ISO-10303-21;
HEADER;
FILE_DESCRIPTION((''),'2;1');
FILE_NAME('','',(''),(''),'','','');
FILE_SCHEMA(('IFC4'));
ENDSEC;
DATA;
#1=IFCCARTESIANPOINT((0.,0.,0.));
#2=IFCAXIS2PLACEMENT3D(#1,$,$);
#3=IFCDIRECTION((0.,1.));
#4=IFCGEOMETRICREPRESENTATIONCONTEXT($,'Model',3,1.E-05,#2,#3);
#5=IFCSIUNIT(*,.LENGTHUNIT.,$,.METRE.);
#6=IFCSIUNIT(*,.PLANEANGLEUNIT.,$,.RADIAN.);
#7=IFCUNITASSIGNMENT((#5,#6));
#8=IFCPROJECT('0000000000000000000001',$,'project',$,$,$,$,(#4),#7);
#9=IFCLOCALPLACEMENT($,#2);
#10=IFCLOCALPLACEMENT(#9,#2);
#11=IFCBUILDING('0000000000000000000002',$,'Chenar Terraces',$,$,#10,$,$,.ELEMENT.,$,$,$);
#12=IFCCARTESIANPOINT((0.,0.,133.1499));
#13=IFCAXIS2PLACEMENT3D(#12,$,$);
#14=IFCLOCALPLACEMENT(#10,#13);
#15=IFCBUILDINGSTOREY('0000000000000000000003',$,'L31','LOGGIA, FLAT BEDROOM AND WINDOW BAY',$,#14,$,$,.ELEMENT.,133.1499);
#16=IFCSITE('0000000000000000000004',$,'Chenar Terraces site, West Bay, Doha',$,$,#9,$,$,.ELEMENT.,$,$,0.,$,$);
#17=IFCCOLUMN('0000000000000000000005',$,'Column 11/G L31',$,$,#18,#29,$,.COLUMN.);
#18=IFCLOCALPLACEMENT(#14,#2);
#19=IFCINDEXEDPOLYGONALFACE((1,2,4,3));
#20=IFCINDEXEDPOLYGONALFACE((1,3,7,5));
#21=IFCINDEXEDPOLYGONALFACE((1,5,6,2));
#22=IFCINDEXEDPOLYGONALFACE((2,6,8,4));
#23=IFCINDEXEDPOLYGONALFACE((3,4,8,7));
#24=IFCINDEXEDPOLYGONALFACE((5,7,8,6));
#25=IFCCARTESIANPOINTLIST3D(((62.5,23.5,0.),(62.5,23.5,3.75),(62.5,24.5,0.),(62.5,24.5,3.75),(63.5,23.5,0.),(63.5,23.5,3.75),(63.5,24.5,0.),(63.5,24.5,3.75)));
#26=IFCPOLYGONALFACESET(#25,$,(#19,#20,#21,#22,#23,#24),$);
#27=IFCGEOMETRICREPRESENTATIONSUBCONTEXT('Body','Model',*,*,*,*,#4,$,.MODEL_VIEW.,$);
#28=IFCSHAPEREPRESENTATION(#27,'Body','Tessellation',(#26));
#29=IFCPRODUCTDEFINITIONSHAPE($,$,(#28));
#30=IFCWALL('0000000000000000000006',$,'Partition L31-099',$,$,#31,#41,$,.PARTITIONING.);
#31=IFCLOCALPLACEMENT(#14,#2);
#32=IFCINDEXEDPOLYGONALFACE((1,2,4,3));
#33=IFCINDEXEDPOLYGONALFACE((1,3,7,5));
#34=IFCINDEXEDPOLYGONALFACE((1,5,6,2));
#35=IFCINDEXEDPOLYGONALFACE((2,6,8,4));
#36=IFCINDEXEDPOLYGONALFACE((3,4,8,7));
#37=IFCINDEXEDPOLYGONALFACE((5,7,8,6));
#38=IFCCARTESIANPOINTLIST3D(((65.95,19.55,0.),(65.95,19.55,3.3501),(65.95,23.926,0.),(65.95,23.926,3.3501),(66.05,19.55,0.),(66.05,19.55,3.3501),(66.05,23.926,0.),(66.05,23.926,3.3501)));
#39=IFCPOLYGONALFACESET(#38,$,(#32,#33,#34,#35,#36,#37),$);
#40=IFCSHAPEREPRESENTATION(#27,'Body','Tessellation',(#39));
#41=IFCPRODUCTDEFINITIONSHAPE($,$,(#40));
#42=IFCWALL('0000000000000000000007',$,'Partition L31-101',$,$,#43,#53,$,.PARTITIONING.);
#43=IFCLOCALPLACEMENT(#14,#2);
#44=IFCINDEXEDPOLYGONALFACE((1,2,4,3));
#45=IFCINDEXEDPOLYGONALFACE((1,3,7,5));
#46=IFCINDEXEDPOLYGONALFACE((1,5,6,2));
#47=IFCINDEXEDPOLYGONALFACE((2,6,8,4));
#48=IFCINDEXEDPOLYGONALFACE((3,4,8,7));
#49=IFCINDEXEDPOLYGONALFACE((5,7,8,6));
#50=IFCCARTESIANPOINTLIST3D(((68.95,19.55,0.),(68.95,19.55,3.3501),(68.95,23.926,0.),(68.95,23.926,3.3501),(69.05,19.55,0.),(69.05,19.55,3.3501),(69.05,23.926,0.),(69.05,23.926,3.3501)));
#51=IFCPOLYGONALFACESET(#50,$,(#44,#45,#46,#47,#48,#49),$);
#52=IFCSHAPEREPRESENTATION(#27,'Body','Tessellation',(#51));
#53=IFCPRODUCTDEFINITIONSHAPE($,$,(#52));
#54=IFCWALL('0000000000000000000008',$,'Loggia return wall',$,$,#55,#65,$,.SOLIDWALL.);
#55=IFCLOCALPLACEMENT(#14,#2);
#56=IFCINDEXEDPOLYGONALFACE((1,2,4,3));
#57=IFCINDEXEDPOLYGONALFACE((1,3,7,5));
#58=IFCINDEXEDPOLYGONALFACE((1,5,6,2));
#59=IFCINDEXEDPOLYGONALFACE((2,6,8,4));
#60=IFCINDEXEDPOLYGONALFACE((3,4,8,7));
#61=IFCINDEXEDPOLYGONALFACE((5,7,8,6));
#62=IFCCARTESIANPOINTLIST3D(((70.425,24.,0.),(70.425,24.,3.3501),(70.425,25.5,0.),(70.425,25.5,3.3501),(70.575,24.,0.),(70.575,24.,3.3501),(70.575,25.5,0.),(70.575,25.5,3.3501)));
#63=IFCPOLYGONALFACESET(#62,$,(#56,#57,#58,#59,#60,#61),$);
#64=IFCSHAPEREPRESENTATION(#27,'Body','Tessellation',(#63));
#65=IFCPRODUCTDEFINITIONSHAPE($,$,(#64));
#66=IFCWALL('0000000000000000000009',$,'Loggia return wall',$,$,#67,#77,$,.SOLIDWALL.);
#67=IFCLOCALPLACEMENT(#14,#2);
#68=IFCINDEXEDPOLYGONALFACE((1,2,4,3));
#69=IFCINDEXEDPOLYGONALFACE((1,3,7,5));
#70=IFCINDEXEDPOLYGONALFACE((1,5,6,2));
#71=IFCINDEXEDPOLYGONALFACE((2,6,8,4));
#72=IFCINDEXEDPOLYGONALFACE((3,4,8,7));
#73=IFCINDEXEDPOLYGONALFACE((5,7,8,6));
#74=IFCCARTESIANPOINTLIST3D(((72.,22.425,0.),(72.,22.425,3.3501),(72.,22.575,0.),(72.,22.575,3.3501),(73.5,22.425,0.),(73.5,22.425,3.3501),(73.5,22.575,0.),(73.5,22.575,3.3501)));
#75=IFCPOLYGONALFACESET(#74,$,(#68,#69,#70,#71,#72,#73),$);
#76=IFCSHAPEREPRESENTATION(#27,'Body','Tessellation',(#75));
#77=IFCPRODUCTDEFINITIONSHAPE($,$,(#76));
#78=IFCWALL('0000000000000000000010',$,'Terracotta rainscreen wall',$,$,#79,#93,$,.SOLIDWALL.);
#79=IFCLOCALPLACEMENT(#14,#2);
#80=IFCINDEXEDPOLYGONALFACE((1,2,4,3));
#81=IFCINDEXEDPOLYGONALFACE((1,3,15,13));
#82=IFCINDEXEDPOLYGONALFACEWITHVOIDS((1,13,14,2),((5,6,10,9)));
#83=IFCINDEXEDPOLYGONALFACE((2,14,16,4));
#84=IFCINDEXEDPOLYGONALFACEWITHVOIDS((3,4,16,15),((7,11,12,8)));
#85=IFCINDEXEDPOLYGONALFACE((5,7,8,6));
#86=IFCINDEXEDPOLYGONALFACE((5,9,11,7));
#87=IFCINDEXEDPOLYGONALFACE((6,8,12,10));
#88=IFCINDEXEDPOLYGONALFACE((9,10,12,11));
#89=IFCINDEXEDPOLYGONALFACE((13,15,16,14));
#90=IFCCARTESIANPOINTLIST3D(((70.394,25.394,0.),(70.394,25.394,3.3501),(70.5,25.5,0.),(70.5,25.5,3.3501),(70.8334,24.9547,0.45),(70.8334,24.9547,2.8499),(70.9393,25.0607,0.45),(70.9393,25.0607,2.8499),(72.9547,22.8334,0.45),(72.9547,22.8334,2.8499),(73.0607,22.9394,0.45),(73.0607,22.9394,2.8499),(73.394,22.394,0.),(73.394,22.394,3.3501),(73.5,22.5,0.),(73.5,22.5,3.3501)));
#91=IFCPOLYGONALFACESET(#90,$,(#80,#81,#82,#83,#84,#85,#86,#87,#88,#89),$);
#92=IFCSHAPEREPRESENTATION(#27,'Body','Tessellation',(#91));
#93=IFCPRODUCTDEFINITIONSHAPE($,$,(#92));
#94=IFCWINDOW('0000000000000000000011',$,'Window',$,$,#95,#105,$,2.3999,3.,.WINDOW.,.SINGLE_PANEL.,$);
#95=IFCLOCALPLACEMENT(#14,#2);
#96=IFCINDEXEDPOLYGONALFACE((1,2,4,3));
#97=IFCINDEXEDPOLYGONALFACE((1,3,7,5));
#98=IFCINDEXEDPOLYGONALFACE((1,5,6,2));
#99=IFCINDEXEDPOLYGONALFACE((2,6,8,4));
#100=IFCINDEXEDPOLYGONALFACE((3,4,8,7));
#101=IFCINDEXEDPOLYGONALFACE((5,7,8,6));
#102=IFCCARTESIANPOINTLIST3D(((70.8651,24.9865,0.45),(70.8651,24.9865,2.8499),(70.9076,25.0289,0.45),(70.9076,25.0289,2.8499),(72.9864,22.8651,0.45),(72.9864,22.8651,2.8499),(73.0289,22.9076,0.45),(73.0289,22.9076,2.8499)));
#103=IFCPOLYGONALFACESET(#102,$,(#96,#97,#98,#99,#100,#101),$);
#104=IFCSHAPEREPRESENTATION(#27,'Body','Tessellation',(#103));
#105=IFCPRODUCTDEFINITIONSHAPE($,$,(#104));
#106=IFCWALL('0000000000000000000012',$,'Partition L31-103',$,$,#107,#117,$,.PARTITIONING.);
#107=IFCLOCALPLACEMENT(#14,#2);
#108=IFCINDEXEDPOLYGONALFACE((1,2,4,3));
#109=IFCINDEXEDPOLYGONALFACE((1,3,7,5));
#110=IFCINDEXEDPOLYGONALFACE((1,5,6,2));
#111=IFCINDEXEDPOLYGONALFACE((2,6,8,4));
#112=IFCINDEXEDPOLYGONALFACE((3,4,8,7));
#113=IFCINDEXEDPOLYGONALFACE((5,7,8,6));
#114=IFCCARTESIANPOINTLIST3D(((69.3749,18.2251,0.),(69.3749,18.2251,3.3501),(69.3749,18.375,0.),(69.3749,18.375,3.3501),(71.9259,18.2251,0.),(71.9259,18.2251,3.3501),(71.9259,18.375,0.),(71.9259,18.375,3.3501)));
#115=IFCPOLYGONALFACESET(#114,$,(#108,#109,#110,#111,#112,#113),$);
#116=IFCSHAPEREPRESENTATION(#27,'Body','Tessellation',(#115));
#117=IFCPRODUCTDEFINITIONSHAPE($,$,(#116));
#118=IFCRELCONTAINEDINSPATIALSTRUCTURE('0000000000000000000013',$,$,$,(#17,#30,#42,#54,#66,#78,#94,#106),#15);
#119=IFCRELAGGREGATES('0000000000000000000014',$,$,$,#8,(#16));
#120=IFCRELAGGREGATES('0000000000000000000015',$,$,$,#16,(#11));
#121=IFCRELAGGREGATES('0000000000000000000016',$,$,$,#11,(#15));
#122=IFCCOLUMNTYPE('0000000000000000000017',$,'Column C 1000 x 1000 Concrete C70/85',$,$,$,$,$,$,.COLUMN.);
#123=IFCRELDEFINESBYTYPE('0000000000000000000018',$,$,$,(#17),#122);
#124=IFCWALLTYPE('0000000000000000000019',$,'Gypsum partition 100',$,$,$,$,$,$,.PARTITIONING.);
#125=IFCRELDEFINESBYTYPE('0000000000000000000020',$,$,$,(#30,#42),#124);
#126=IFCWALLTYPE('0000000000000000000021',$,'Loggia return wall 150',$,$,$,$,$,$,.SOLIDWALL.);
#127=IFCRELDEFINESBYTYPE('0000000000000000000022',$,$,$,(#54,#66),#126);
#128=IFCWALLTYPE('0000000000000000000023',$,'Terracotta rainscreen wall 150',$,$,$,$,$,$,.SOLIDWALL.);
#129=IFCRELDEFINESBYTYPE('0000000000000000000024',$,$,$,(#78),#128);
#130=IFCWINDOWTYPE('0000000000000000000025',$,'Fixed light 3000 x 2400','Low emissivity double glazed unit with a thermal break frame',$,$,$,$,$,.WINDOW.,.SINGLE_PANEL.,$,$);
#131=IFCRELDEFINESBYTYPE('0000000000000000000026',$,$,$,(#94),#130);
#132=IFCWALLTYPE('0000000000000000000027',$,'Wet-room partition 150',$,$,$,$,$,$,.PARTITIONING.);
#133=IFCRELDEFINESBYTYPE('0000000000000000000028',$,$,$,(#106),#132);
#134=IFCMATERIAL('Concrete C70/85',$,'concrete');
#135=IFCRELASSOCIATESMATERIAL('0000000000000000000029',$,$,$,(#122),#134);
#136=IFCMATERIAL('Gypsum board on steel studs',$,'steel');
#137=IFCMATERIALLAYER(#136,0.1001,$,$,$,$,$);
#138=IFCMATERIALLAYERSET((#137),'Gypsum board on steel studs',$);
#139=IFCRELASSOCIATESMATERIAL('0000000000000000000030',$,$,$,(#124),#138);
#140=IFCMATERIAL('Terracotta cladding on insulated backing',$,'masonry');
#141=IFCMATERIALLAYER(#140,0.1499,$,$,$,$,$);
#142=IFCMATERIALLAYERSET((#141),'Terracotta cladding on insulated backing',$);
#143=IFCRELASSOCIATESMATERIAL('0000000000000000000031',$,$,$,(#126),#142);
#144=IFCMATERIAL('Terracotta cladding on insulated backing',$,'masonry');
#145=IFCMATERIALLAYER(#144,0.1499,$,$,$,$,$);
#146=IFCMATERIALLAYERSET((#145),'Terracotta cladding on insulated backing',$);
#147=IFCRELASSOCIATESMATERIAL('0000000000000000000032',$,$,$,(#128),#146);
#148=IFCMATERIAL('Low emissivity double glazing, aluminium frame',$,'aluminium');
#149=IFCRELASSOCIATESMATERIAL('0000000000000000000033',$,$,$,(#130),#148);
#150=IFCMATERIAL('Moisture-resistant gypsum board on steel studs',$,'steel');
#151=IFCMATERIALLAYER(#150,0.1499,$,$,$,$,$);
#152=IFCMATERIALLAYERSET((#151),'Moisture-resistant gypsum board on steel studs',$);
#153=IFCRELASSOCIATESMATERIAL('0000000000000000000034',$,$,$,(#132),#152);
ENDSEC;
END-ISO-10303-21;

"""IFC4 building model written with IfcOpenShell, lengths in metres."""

from ifc_helpers import new_model, si_unit, direction, frame, frame_2d, origin, origin_2d, place, context, subcontext, project, spatial, rectangle, extrude, material, layer, layer_set, material_profile, profile_set, type_object, element, fill, save


model = new_model("IFC4")

# Units and contexts
model_context = context("Model", 3, precision=1e-05, world=origin(), true_north=direction((0.0, 1.0)))
body_context = subcontext(model_context, "Body", "Model", "MODEL_VIEW")
ifc_project = project(units=[si_unit("LENGTHUNIT", "METRE"), si_unit("PLANEANGLEUNIT", "RADIAN")], contexts=[model_context])

# Site, building, storey
site_placement = place(None, origin())
site = spatial("IfcSite", under=ifc_project, at=site_placement, Name="Chenar Terraces site, West Bay, Doha", CompositionType="ELEMENT", RefElevation=0.0)
building_placement = place(site_placement, origin())
building = spatial("IfcBuilding", under=site, at=building_placement, Name="Chenar Terraces", CompositionType="ELEMENT")
storey_placement = place(building_placement, frame((0.0, 0.0, 133.1499)))
storey = spatial("IfcBuildingStorey", under=building, at=storey_placement, Name="L31", Description="LOGGIA, FLAT BEDROOM AND WINDOW BAY", CompositionType="ELEMENT", Elevation=133.1499)

# Column
ifc_material_1 = material(Name="Concrete C70/85", Category="concrete")
ifc_material_profile = material_profile(ifc_material_1, rectangle(XDim=1.0, YDim=1.0, at=origin_2d()), Name="C 1000 x 1000")
ifc_profile_set = profile_set([ifc_material_profile], Name="Concrete C70/85")
column_type = type_object("IfcColumnType", Name="Column C 1000 x 1000 Concrete C70/85", PredefinedType="COLUMN", material=ifc_profile_set)
column_placement = place(storey_placement, frame((63.0, 24.0, 0.0), z_axis=(0.0, 0.0, 1.0), x_axis=(1.0, 0.0, 0.0)))
element("IfcColumn", 1, at=column_placement, inside=storey, type_object=column_type, Name="Column 11/G L31", PredefinedType="COLUMN", context=body_context, shape_type="SweptSolid", body=[
    extrude(rectangle(XDim=1.0, YDim=1.0, at=origin_2d()), origin(), (0.0, 0.0, 1.0), 3.75),
])

# Walls
ifc_material_2 = material(Name="Gypsum board on steel studs", Category="steel")
ifc_layer_1 = layer(ifc_material_2, 0.1001)
ifc_layer_set_1 = layer_set([ifc_layer_1], Name="Gypsum board on steel studs")
wall_type_1 = type_object("IfcWallType", Name="Gypsum partition 100", PredefinedType="PARTITIONING", material=ifc_layer_set_1)
for number, where, z_axis, x_axis, name in (
    (2, (66.0, 19.55, 0.0), (0.0, 0.0, 1.0), (0.0, 1.0, 0.0), "Partition L31-099"),
    (3, (69.0, 19.55, 0.0), (0.0, 0.0, 1.0), (0.0, 1.0, 0.0), "Partition L31-101"),
):
    element("IfcWall", number, at=place(storey_placement, frame(where, z_axis=z_axis, x_axis=x_axis)), inside=storey, type_object=wall_type_1, Name=name, PredefinedType="PARTITIONING", context=body_context, shape_type="SweptSolid", body=[
        extrude(rectangle(XDim=4.376, YDim=0.1001, at=frame_2d((2.188, 0.0))), origin(), (0.0, 0.0, 1.0), 3.3501),
    ])
ifc_material_3 = material(Name="Terracotta cladding on insulated backing", Category="masonry")
ifc_layer_2 = layer(ifc_material_3, 0.1499)
ifc_layer_set_2 = layer_set([ifc_layer_2], Name="Terracotta cladding on insulated backing")
wall_type_2 = type_object("IfcWallType", Name="Loggia return wall 150", PredefinedType="SOLIDWALL", material=ifc_layer_set_2)
for number, where, z_axis, x_axis, name in (
    (4, (70.5, 25.5, 0.0), (0.0, 0.0, 1.0), (0.0, -1.0, 0.0), "Loggia return wall"),
    (5, (73.5, 22.5, 0.0), (0.0, 0.0, 1.0), (-1.0, 0.0, 0.0), "Loggia return wall"),
):
    element("IfcWall", number, at=place(storey_placement, frame(where, z_axis=z_axis, x_axis=x_axis)), inside=storey, type_object=wall_type_2, Name=name, PredefinedType="SOLIDWALL", context=body_context, shape_type="SweptSolid", body=[
        extrude(rectangle(XDim=1.5, YDim=0.1499, at=frame_2d((0.75, 0.0))), origin(), (0.0, 0.0, 1.0), 3.3501),
    ])

# Wall, opening, window
ifc_material_4 = material(Name="Terracotta cladding on insulated backing", Category="masonry")
ifc_layer_3 = layer(ifc_material_4, 0.1499)
ifc_layer_set_3 = layer_set([ifc_layer_3], Name="Terracotta cladding on insulated backing")
wall_type_3 = type_object("IfcWallType", Name="Terracotta rainscreen wall 150", PredefinedType="SOLIDWALL", material=ifc_layer_set_3)
wall_1_placement = place(storey_placement, frame((73.447, 22.447, 0.0), z_axis=(0.0, 0.0, 1.0), x_axis=(-0.707107, 0.707107, 0.0)))
wall_1 = element("IfcWall", 6, at=wall_1_placement, inside=storey, type_object=wall_type_3, Name="Terracotta rainscreen wall", PredefinedType="SOLIDWALL", context=body_context, shape_type="SweptSolid", body=[
    extrude(rectangle(XDim=4.2427, YDim=0.1499, at=frame_2d((2.1213, 0.0))), origin(), (0.0, 0.0, 1.0), 3.3501),
])
opening_1_placement = place(wall_1_placement, frame((0.6213, 0.0, 0.45)))
opening_1 = element("IfcOpeningElement", 7, at=opening_1_placement, cuts=wall_1, PredefinedType="OPENING", context=body_context, shape_type="SweptSolid", body=[
    extrude(rectangle(XDim=3.0, YDim=2.3999, at=frame_2d((1.5, 1.2))), frame((0.0, 0.085, 0.0), z_axis=(0.0, -1.0, 0.0), x_axis=(1.0, 0.0, 0.0)), (0.0, 0.0, 1.0), 0.1699),
])
ifc_material_5 = material(Name="Low emissivity double glazing, aluminium frame", Category="aluminium")
window_type_1 = type_object("IfcWindowType", Name="Fixed light 3000 x 2400", Description="Low emissivity double glazed unit with a thermal break frame", PartitioningType="SINGLE_PANEL", PredefinedType="WINDOW", material=ifc_material_5)
window_1_placement = place(opening_1_placement, origin())
window_1 = element("IfcWindow", 8, at=window_1_placement, inside=storey, type_object=window_type_1, Name="Window", OverallHeight=2.3999, OverallWidth=3.0, PartitioningType="SINGLE_PANEL", PredefinedType="WINDOW", context=body_context, shape_type="SweptSolid", body=[
    extrude(rectangle(XDim=3.0, YDim=2.3999, at=frame_2d((1.5, 1.2))), frame((0.0, 0.03, 0.0), z_axis=(0.0, -1.0, 0.0), x_axis=(1.0, 0.0, 0.0)), (0.0, 0.0, 1.0), 0.0601),
])
fill(opening_1, window_1)

# Wall
ifc_material_6 = material(Name="Moisture-resistant gypsum board on steel studs", Category="steel")
ifc_layer_4 = layer(ifc_material_6, 0.1499)
ifc_layer_set_4 = layer_set([ifc_layer_4], Name="Moisture-resistant gypsum board on steel studs")
wall_type_4 = type_object("IfcWallType", Name="Wet-room partition 150", PredefinedType="PARTITIONING", material=ifc_layer_set_4)
wall_2_placement = place(storey_placement, frame((69.375, 18.3, 0.0), z_axis=(0.0, 0.0, 1.0), x_axis=(1.0, 0.0, 0.0)))
element("IfcWall", 9, at=wall_2_placement, inside=storey, type_object=wall_type_4, Name="Partition L31-103", PredefinedType="PARTITIONING", context=body_context, shape_type="SweptSolid", body=[
    extrude(rectangle(XDim=2.551, YDim=0.1499, at=frame_2d((1.2754, 0.0))), origin(), (0.0, 0.0, 1.0), 3.3501),
])

save(model, "model.ifc")
